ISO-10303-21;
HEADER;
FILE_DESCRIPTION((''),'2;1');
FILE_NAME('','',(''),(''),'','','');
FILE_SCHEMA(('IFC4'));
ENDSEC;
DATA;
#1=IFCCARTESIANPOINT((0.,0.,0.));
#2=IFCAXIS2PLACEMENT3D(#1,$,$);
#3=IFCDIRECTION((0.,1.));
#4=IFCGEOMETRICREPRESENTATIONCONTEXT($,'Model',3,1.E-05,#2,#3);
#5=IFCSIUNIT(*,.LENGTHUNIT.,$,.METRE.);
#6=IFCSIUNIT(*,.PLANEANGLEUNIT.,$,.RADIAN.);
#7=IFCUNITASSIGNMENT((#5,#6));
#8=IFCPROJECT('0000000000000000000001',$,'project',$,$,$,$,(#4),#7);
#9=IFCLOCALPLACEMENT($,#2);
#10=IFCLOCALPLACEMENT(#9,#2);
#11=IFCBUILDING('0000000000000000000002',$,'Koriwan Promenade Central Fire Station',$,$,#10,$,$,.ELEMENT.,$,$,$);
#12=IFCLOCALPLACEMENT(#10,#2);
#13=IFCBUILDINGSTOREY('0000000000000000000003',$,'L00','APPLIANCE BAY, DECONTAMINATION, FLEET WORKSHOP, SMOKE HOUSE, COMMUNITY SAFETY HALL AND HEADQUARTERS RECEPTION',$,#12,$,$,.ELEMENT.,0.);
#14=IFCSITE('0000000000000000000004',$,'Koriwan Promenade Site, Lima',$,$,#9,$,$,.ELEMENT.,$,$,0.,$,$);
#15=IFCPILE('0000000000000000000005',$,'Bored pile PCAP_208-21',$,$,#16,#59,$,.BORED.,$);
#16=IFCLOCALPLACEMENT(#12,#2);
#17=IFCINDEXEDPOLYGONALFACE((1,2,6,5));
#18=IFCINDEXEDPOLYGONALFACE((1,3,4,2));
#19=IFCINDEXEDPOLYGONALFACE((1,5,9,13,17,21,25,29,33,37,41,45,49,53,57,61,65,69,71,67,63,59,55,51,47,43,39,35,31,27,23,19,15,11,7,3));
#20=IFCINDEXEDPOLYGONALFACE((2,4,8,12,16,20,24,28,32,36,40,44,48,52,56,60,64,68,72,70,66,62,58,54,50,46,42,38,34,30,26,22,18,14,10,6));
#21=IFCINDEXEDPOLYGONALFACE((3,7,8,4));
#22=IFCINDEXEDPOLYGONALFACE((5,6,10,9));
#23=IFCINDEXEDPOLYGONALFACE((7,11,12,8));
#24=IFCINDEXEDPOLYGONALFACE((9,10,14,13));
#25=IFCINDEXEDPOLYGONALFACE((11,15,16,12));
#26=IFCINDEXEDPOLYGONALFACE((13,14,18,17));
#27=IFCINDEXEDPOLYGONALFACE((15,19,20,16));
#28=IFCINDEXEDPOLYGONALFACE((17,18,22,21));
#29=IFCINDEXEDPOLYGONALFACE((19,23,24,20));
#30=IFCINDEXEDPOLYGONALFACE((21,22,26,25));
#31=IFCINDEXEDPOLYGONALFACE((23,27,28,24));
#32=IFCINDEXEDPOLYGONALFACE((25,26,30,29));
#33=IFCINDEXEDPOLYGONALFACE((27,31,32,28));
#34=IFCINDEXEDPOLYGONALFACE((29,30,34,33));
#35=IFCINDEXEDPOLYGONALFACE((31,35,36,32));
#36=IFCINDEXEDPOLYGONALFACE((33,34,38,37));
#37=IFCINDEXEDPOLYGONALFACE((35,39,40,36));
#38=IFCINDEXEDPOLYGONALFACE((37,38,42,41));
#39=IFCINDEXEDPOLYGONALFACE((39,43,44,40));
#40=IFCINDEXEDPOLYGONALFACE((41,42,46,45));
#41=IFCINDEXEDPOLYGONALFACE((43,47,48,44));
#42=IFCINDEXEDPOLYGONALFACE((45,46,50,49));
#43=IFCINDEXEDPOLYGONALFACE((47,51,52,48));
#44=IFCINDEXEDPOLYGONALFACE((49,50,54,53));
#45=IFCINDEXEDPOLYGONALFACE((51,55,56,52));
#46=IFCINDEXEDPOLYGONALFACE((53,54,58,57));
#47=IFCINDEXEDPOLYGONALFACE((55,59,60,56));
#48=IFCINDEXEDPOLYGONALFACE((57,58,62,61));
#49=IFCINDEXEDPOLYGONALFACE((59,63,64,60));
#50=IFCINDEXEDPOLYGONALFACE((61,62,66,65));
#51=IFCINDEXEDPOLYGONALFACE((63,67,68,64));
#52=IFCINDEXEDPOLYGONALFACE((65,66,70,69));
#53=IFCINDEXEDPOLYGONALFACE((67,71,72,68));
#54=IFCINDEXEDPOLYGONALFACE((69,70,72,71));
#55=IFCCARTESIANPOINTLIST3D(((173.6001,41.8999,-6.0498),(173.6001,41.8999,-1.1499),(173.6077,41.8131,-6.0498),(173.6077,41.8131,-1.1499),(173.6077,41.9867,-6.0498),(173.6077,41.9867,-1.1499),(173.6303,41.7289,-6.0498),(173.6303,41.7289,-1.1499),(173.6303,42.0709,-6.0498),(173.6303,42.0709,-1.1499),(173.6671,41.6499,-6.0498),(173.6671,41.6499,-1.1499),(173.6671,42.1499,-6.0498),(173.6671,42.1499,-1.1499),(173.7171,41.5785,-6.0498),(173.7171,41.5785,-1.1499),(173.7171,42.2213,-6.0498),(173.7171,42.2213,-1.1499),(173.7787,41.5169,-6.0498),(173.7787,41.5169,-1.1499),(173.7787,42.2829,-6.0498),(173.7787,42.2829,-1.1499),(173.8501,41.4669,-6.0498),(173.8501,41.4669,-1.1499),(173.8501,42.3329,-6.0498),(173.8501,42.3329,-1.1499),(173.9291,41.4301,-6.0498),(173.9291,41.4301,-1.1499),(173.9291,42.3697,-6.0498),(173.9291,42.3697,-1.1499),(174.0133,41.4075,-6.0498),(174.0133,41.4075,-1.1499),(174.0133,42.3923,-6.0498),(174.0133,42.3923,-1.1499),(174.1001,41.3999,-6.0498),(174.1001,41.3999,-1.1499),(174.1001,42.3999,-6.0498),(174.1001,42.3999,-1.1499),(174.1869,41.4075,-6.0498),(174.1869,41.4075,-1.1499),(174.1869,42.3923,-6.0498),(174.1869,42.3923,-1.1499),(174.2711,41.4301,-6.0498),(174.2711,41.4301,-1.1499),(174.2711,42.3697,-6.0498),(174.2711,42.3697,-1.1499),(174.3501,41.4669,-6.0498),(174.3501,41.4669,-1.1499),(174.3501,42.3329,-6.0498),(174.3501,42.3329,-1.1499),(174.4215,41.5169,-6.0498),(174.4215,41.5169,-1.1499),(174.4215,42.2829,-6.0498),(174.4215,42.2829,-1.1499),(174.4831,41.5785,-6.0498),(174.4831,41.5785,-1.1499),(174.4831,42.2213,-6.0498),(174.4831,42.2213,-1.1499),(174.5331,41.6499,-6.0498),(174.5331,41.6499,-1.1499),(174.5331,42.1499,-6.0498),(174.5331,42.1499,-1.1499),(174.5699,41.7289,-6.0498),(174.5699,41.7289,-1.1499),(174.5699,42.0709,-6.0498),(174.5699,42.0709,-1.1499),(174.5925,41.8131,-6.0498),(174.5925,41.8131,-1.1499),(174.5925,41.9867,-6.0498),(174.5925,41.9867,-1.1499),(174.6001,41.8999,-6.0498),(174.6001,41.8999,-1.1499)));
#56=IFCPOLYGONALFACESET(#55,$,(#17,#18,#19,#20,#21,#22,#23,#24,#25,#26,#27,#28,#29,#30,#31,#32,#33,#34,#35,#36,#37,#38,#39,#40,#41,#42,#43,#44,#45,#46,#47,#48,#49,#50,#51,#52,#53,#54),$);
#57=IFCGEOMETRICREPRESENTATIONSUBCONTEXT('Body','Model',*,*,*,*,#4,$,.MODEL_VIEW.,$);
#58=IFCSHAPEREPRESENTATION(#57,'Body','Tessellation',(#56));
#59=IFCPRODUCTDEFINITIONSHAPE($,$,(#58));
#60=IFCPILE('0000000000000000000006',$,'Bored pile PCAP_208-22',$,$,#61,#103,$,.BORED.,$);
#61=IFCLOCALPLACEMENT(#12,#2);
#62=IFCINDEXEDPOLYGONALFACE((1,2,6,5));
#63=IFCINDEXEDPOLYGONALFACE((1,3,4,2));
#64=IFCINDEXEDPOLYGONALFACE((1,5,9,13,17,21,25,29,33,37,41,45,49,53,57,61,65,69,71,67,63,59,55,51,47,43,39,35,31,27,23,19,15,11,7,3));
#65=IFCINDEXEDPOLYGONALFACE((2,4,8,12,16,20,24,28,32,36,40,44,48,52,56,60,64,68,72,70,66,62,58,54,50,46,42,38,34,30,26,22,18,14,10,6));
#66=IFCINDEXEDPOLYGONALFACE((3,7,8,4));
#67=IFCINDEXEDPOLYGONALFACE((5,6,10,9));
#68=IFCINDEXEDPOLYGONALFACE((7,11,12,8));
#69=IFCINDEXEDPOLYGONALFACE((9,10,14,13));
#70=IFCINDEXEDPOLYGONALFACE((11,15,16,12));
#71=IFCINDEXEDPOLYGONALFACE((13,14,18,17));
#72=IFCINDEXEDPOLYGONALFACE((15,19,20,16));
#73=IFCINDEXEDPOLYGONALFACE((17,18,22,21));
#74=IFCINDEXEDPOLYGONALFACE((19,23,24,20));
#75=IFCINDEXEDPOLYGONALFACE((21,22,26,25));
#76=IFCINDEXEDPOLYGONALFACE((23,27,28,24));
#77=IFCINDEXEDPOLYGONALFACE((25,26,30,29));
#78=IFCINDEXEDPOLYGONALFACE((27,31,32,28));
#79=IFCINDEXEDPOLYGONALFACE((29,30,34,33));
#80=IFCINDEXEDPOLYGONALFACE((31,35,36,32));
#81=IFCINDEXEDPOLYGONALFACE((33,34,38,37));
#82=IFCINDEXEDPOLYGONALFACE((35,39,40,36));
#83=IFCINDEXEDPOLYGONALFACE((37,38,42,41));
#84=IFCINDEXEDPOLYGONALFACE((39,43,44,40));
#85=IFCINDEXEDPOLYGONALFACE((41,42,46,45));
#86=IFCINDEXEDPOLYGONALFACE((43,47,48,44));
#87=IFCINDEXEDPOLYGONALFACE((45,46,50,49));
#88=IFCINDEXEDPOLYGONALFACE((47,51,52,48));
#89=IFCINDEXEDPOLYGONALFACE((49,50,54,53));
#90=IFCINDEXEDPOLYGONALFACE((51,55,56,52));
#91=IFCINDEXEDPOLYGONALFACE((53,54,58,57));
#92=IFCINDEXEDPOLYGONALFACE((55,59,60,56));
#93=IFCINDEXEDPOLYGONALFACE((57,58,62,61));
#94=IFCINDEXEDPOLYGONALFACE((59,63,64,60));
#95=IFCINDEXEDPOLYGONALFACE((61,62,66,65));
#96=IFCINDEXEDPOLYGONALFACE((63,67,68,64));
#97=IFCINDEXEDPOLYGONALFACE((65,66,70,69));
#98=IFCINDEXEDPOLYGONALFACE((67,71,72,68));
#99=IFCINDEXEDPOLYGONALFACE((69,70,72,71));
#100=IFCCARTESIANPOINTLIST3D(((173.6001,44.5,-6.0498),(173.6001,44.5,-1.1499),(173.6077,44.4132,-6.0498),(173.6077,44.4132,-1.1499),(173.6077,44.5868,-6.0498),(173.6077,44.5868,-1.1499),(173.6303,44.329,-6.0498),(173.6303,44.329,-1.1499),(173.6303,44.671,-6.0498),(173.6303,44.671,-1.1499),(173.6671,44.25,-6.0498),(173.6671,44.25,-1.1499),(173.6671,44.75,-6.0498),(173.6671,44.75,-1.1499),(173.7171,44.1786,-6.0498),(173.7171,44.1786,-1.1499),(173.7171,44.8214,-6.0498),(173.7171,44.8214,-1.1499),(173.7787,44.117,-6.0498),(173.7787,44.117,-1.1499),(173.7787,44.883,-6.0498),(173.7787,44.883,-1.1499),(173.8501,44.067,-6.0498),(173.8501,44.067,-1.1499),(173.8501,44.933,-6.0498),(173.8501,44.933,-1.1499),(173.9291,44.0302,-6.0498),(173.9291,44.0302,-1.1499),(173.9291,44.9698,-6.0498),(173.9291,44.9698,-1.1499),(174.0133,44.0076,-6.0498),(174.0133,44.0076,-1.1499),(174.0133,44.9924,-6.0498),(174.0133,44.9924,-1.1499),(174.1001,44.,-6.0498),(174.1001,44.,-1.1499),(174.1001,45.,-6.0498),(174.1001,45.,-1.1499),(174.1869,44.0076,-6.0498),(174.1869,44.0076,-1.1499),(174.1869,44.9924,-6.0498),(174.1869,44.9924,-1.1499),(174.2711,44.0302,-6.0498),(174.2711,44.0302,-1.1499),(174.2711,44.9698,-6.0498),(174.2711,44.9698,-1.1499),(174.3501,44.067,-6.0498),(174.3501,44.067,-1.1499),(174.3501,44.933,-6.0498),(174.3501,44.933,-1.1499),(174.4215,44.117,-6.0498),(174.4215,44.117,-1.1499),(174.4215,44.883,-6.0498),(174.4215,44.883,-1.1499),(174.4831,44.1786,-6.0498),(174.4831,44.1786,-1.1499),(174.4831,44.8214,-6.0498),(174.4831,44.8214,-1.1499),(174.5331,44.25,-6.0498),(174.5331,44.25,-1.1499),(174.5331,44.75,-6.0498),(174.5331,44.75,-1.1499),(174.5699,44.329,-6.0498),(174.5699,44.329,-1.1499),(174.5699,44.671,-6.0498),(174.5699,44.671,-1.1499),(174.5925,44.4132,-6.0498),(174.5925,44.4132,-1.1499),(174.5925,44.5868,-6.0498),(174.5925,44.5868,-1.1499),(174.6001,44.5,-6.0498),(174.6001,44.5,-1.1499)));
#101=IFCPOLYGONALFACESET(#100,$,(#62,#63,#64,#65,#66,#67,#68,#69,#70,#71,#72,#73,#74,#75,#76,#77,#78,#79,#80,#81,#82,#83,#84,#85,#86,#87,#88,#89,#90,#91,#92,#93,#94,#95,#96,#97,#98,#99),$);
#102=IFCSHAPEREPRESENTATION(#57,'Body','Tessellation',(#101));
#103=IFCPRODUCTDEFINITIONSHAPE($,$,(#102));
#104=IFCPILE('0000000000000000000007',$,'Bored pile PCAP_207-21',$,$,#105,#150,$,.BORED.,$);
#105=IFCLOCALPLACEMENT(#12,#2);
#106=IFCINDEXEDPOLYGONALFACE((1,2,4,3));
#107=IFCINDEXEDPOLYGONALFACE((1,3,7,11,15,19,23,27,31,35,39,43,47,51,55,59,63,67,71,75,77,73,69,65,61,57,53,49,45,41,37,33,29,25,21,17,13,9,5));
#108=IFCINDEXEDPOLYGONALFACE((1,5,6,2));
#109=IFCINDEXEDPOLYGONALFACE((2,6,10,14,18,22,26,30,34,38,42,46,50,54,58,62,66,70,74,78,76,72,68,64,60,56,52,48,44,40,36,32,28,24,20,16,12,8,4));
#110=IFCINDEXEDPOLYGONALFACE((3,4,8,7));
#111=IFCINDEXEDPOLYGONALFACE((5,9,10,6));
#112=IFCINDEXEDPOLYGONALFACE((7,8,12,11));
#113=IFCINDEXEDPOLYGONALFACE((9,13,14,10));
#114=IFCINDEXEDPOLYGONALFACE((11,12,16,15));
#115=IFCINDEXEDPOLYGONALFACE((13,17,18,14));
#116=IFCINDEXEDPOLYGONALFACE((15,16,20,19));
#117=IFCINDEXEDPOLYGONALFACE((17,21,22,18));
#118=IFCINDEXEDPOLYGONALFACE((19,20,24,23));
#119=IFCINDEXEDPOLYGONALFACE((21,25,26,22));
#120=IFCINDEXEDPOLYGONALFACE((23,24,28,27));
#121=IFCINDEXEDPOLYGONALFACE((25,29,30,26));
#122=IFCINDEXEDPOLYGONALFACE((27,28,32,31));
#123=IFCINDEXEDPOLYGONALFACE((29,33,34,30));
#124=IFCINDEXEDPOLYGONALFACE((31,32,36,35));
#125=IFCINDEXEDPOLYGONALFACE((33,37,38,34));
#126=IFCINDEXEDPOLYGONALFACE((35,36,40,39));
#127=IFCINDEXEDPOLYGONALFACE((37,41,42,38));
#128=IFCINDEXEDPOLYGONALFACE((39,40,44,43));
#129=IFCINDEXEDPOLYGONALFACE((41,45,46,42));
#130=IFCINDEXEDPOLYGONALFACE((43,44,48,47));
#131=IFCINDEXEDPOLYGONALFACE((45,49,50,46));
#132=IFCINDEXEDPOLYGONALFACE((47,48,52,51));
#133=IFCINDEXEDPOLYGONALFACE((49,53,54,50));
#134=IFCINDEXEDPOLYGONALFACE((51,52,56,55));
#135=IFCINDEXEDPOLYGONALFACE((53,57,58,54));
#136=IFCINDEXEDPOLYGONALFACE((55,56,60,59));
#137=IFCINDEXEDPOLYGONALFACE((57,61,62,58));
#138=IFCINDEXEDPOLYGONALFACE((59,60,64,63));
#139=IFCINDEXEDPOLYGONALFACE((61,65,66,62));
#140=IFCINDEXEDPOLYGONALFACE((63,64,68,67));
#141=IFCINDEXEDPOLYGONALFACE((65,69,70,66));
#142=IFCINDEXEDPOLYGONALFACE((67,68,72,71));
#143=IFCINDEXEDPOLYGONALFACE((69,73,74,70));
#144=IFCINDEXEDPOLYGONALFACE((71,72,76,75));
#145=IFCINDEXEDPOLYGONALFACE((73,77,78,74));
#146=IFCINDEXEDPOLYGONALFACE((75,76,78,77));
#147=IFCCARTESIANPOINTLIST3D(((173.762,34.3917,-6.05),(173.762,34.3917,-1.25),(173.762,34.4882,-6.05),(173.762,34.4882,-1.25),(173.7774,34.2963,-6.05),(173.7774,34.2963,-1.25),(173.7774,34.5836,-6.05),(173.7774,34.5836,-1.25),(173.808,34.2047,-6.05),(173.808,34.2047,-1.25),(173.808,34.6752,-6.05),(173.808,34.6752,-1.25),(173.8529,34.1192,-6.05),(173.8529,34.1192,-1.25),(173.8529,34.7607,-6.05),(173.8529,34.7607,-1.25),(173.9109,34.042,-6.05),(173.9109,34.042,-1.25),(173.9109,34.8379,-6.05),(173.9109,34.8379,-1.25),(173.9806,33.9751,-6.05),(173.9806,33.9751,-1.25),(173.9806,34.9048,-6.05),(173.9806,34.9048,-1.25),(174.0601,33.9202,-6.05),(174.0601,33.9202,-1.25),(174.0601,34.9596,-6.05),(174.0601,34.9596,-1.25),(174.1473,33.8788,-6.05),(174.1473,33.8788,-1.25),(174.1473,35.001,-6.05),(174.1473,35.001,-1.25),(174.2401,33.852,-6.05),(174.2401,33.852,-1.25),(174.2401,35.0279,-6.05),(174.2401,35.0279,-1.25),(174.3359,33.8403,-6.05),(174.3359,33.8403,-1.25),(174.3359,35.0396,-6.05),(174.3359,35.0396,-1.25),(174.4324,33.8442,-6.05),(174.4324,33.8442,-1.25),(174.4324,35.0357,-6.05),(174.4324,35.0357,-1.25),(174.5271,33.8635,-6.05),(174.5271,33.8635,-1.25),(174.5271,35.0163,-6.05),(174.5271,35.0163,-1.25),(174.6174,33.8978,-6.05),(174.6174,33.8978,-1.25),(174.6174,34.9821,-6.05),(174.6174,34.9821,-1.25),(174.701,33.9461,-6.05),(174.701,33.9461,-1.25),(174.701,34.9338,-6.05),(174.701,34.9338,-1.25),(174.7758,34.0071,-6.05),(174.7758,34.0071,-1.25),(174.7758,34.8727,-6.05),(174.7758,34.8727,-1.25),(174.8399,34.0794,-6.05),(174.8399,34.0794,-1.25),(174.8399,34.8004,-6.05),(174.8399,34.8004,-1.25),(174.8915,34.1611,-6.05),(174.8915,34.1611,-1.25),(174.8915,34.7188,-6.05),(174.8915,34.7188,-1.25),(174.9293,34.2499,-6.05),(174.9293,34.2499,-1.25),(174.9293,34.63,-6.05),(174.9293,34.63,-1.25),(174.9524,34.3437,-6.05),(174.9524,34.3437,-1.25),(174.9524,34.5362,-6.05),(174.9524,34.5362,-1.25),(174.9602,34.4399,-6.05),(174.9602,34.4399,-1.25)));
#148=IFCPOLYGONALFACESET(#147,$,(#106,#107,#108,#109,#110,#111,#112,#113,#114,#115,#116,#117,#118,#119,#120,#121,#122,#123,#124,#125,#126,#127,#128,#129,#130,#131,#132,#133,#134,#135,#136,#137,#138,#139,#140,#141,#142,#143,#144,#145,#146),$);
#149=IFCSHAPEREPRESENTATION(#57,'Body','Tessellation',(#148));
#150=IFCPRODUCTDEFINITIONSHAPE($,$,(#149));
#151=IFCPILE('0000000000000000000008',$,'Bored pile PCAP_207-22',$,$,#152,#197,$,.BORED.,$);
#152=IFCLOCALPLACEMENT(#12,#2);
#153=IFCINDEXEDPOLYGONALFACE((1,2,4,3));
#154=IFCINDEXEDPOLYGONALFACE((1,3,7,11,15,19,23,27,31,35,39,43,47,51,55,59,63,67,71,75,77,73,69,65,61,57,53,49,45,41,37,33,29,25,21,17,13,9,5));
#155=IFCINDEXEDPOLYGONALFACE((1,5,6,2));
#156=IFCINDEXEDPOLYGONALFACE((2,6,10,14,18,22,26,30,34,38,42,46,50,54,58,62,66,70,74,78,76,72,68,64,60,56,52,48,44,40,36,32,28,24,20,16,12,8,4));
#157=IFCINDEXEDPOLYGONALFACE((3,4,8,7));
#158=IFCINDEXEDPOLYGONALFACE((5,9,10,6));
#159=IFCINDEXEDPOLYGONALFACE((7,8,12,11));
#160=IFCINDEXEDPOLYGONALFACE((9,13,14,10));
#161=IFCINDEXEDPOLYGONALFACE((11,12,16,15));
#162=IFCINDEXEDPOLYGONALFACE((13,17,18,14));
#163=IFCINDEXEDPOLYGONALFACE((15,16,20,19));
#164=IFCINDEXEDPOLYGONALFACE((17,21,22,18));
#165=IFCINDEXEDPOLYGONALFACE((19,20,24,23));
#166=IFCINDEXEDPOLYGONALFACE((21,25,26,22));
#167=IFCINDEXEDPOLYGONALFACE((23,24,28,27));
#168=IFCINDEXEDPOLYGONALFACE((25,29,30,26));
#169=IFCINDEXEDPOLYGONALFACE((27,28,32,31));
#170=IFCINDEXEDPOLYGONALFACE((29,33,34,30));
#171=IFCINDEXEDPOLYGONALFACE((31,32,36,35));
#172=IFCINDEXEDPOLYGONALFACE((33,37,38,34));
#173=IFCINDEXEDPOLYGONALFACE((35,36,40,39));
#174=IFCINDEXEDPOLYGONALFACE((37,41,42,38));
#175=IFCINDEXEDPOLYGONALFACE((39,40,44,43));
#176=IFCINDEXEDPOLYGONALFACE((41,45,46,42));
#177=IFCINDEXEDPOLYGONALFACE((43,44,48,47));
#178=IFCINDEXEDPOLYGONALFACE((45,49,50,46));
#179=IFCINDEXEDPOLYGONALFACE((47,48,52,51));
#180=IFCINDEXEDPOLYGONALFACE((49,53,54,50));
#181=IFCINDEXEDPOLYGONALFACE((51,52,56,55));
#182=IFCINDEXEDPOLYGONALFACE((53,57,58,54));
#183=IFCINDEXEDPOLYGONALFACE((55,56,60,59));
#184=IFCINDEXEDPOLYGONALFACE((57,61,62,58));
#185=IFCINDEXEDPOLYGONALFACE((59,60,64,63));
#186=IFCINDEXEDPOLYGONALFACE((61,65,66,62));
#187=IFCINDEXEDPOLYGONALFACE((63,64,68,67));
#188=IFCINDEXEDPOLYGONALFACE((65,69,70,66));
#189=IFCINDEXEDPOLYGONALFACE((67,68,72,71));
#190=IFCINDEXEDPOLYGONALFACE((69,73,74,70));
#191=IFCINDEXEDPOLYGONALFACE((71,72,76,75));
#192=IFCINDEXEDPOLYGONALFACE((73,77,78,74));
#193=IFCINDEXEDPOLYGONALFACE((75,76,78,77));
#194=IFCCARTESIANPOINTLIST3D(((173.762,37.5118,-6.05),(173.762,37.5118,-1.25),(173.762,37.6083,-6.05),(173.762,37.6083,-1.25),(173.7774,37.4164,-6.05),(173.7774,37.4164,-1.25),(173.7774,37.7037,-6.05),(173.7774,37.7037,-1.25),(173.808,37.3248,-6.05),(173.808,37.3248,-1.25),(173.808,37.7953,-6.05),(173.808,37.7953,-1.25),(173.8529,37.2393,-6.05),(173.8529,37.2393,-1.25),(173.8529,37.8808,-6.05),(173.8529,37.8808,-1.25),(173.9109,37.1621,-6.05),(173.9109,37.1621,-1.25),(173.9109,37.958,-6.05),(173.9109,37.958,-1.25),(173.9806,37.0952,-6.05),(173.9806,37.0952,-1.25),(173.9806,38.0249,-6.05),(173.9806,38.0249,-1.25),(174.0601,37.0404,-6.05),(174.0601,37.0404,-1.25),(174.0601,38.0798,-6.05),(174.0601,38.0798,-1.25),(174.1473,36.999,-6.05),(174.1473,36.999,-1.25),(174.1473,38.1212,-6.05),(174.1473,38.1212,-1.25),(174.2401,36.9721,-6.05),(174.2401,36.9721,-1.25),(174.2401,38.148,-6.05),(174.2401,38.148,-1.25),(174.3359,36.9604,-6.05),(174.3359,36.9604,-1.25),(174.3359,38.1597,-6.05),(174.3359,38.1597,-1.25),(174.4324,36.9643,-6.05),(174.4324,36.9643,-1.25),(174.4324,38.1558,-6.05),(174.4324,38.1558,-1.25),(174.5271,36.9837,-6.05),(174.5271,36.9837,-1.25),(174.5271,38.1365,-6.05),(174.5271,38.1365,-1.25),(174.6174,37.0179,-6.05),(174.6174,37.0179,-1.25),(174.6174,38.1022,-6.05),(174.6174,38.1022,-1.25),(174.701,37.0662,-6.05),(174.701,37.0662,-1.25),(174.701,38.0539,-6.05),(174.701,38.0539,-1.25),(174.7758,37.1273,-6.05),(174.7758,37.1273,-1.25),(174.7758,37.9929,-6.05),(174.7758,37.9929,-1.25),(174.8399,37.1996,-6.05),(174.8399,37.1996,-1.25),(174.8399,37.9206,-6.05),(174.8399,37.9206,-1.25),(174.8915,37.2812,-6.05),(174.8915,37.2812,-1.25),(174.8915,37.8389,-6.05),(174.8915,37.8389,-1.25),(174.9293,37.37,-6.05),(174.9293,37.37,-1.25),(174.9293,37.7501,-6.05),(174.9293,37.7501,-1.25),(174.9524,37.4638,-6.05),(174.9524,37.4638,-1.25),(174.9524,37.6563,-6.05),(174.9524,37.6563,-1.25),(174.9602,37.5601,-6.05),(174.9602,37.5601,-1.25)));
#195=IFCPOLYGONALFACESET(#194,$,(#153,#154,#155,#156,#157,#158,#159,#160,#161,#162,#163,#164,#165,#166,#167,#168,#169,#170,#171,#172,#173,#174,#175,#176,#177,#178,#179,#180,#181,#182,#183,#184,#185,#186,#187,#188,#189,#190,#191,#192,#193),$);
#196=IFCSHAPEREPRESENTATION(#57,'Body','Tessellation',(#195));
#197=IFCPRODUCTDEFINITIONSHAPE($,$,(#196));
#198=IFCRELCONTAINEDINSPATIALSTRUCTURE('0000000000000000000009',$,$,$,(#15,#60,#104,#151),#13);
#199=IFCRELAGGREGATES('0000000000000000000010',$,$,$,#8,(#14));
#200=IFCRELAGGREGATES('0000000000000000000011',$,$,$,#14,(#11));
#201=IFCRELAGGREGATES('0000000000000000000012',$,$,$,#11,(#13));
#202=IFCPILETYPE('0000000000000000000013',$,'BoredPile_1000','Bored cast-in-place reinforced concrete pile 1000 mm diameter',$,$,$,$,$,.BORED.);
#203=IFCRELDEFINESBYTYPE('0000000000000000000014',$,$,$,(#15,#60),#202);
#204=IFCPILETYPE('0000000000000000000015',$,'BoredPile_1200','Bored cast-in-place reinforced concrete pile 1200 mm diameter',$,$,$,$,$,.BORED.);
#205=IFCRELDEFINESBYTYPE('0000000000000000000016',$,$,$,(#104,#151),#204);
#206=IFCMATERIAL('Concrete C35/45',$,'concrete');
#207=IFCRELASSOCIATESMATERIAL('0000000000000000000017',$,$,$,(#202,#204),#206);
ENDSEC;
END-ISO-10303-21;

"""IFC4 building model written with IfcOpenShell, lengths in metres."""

from ifc_helpers import new_model, si_unit, direction, frame, origin, origin_2d, place, context, subcontext, project, spatial, circle, extrude, material, material_profile, profile_set, type_object, element, save


model = new_model("IFC4")

# Units and contexts
model_context = context("Model", 3, precision=1e-05, world=origin(), true_north=direction((0.0, 1.0)))
body_context = subcontext(model_context, "Body", "Model", "MODEL_VIEW")
ifc_project = project(units=[si_unit("LENGTHUNIT", "METRE"), si_unit("PLANEANGLEUNIT", "RADIAN")], contexts=[model_context])

# Site, building, storey
site_placement = place(None, origin())
site = spatial("IfcSite", under=ifc_project, at=site_placement, Name="Koriwan Promenade Site, Lima", CompositionType="ELEMENT", RefElevation=0.0)
building_placement = place(site_placement, origin())
building = spatial("IfcBuilding", under=site, at=building_placement, Name="Koriwan Promenade Central Fire Station", CompositionType="ELEMENT")
storey_placement = place(building_placement, origin())
storey = spatial("IfcBuildingStorey", under=building, at=storey_placement, Name="L00", Description="APPLIANCE BAY, DECONTAMINATION, FLEET WORKSHOP, SMOKE HOUSE, COMMUNITY SAFETY HALL AND HEADQUARTERS RECEPTION", CompositionType="ELEMENT", Elevation=0.0)

# Piles
ifc_material_1 = material(Name="Concrete C35/45", Category="concrete")
ifc_material_profile_1 = material_profile(ifc_material_1, circle(Radius=0.5, at=origin_2d()), Name="PILE-D1000")
ifc_profile_set_1 = profile_set([ifc_material_profile_1], Name="Concrete C35/45")
pile_type_1 = type_object("IfcPileType", Name="BoredPile_1000", Description="Bored cast-in-place reinforced concrete pile 1000 mm diameter", PredefinedType="BORED", material=ifc_profile_set_1)
for number, where, z_axis, x_axis, name in (
    (1, (174.1001, 41.8999, -1.1499), (0.0, 0.0, -1.0), (1.0, 0.0, 0.0), "Bored pile PCAP_208-21"),
    (2, (174.1001, 44.5, -1.1499), (0.0, 0.0, -1.0), (1.0, 0.0, 0.0), "Bored pile PCAP_208-22"),
):
    element("IfcPile", number, at=place(storey_placement, frame(where, z_axis=z_axis, x_axis=x_axis)), inside=storey, type_object=pile_type_1, Name=name, PredefinedType="BORED", context=body_context, shape_type="SweptSolid", body=[
        extrude(circle(Radius=0.5, at=origin_2d()), origin(), (0.0, 0.0, 1.0), 4.8999),
    ])
ifc_material_profile_2 = material_profile(ifc_material_1, circle(Radius=0.6001, at=origin_2d()), Name="PILE-D1200")
ifc_profile_set_2 = profile_set([ifc_material_profile_2], Name="Concrete C35/45")
pile_type_2 = type_object("IfcPileType", Name="BoredPile_1200", Description="Bored cast-in-place reinforced concrete pile 1200 mm diameter", PredefinedType="BORED", material=ifc_profile_set_2)
for number, where, z_axis, x_axis, name in (
    (3, (174.3601, 34.4399, -1.25), (0.0, 0.0, -1.0), (1.0, 0.0, 0.0), "Bored pile PCAP_207-21"),
    (4, (174.3601, 37.5601, -1.25), (0.0, 0.0, -1.0), (1.0, 0.0, 0.0), "Bored pile PCAP_207-22"),
):
    element("IfcPile", number, at=place(storey_placement, frame(where, z_axis=z_axis, x_axis=x_axis)), inside=storey, type_object=pile_type_2, Name=name, PredefinedType="BORED", context=body_context, shape_type="SweptSolid", body=[
        extrude(circle(Radius=0.6001, at=origin_2d()), origin(), (0.0, 0.0, 1.0), 4.8),
    ])

save(model, "model.ifc")
